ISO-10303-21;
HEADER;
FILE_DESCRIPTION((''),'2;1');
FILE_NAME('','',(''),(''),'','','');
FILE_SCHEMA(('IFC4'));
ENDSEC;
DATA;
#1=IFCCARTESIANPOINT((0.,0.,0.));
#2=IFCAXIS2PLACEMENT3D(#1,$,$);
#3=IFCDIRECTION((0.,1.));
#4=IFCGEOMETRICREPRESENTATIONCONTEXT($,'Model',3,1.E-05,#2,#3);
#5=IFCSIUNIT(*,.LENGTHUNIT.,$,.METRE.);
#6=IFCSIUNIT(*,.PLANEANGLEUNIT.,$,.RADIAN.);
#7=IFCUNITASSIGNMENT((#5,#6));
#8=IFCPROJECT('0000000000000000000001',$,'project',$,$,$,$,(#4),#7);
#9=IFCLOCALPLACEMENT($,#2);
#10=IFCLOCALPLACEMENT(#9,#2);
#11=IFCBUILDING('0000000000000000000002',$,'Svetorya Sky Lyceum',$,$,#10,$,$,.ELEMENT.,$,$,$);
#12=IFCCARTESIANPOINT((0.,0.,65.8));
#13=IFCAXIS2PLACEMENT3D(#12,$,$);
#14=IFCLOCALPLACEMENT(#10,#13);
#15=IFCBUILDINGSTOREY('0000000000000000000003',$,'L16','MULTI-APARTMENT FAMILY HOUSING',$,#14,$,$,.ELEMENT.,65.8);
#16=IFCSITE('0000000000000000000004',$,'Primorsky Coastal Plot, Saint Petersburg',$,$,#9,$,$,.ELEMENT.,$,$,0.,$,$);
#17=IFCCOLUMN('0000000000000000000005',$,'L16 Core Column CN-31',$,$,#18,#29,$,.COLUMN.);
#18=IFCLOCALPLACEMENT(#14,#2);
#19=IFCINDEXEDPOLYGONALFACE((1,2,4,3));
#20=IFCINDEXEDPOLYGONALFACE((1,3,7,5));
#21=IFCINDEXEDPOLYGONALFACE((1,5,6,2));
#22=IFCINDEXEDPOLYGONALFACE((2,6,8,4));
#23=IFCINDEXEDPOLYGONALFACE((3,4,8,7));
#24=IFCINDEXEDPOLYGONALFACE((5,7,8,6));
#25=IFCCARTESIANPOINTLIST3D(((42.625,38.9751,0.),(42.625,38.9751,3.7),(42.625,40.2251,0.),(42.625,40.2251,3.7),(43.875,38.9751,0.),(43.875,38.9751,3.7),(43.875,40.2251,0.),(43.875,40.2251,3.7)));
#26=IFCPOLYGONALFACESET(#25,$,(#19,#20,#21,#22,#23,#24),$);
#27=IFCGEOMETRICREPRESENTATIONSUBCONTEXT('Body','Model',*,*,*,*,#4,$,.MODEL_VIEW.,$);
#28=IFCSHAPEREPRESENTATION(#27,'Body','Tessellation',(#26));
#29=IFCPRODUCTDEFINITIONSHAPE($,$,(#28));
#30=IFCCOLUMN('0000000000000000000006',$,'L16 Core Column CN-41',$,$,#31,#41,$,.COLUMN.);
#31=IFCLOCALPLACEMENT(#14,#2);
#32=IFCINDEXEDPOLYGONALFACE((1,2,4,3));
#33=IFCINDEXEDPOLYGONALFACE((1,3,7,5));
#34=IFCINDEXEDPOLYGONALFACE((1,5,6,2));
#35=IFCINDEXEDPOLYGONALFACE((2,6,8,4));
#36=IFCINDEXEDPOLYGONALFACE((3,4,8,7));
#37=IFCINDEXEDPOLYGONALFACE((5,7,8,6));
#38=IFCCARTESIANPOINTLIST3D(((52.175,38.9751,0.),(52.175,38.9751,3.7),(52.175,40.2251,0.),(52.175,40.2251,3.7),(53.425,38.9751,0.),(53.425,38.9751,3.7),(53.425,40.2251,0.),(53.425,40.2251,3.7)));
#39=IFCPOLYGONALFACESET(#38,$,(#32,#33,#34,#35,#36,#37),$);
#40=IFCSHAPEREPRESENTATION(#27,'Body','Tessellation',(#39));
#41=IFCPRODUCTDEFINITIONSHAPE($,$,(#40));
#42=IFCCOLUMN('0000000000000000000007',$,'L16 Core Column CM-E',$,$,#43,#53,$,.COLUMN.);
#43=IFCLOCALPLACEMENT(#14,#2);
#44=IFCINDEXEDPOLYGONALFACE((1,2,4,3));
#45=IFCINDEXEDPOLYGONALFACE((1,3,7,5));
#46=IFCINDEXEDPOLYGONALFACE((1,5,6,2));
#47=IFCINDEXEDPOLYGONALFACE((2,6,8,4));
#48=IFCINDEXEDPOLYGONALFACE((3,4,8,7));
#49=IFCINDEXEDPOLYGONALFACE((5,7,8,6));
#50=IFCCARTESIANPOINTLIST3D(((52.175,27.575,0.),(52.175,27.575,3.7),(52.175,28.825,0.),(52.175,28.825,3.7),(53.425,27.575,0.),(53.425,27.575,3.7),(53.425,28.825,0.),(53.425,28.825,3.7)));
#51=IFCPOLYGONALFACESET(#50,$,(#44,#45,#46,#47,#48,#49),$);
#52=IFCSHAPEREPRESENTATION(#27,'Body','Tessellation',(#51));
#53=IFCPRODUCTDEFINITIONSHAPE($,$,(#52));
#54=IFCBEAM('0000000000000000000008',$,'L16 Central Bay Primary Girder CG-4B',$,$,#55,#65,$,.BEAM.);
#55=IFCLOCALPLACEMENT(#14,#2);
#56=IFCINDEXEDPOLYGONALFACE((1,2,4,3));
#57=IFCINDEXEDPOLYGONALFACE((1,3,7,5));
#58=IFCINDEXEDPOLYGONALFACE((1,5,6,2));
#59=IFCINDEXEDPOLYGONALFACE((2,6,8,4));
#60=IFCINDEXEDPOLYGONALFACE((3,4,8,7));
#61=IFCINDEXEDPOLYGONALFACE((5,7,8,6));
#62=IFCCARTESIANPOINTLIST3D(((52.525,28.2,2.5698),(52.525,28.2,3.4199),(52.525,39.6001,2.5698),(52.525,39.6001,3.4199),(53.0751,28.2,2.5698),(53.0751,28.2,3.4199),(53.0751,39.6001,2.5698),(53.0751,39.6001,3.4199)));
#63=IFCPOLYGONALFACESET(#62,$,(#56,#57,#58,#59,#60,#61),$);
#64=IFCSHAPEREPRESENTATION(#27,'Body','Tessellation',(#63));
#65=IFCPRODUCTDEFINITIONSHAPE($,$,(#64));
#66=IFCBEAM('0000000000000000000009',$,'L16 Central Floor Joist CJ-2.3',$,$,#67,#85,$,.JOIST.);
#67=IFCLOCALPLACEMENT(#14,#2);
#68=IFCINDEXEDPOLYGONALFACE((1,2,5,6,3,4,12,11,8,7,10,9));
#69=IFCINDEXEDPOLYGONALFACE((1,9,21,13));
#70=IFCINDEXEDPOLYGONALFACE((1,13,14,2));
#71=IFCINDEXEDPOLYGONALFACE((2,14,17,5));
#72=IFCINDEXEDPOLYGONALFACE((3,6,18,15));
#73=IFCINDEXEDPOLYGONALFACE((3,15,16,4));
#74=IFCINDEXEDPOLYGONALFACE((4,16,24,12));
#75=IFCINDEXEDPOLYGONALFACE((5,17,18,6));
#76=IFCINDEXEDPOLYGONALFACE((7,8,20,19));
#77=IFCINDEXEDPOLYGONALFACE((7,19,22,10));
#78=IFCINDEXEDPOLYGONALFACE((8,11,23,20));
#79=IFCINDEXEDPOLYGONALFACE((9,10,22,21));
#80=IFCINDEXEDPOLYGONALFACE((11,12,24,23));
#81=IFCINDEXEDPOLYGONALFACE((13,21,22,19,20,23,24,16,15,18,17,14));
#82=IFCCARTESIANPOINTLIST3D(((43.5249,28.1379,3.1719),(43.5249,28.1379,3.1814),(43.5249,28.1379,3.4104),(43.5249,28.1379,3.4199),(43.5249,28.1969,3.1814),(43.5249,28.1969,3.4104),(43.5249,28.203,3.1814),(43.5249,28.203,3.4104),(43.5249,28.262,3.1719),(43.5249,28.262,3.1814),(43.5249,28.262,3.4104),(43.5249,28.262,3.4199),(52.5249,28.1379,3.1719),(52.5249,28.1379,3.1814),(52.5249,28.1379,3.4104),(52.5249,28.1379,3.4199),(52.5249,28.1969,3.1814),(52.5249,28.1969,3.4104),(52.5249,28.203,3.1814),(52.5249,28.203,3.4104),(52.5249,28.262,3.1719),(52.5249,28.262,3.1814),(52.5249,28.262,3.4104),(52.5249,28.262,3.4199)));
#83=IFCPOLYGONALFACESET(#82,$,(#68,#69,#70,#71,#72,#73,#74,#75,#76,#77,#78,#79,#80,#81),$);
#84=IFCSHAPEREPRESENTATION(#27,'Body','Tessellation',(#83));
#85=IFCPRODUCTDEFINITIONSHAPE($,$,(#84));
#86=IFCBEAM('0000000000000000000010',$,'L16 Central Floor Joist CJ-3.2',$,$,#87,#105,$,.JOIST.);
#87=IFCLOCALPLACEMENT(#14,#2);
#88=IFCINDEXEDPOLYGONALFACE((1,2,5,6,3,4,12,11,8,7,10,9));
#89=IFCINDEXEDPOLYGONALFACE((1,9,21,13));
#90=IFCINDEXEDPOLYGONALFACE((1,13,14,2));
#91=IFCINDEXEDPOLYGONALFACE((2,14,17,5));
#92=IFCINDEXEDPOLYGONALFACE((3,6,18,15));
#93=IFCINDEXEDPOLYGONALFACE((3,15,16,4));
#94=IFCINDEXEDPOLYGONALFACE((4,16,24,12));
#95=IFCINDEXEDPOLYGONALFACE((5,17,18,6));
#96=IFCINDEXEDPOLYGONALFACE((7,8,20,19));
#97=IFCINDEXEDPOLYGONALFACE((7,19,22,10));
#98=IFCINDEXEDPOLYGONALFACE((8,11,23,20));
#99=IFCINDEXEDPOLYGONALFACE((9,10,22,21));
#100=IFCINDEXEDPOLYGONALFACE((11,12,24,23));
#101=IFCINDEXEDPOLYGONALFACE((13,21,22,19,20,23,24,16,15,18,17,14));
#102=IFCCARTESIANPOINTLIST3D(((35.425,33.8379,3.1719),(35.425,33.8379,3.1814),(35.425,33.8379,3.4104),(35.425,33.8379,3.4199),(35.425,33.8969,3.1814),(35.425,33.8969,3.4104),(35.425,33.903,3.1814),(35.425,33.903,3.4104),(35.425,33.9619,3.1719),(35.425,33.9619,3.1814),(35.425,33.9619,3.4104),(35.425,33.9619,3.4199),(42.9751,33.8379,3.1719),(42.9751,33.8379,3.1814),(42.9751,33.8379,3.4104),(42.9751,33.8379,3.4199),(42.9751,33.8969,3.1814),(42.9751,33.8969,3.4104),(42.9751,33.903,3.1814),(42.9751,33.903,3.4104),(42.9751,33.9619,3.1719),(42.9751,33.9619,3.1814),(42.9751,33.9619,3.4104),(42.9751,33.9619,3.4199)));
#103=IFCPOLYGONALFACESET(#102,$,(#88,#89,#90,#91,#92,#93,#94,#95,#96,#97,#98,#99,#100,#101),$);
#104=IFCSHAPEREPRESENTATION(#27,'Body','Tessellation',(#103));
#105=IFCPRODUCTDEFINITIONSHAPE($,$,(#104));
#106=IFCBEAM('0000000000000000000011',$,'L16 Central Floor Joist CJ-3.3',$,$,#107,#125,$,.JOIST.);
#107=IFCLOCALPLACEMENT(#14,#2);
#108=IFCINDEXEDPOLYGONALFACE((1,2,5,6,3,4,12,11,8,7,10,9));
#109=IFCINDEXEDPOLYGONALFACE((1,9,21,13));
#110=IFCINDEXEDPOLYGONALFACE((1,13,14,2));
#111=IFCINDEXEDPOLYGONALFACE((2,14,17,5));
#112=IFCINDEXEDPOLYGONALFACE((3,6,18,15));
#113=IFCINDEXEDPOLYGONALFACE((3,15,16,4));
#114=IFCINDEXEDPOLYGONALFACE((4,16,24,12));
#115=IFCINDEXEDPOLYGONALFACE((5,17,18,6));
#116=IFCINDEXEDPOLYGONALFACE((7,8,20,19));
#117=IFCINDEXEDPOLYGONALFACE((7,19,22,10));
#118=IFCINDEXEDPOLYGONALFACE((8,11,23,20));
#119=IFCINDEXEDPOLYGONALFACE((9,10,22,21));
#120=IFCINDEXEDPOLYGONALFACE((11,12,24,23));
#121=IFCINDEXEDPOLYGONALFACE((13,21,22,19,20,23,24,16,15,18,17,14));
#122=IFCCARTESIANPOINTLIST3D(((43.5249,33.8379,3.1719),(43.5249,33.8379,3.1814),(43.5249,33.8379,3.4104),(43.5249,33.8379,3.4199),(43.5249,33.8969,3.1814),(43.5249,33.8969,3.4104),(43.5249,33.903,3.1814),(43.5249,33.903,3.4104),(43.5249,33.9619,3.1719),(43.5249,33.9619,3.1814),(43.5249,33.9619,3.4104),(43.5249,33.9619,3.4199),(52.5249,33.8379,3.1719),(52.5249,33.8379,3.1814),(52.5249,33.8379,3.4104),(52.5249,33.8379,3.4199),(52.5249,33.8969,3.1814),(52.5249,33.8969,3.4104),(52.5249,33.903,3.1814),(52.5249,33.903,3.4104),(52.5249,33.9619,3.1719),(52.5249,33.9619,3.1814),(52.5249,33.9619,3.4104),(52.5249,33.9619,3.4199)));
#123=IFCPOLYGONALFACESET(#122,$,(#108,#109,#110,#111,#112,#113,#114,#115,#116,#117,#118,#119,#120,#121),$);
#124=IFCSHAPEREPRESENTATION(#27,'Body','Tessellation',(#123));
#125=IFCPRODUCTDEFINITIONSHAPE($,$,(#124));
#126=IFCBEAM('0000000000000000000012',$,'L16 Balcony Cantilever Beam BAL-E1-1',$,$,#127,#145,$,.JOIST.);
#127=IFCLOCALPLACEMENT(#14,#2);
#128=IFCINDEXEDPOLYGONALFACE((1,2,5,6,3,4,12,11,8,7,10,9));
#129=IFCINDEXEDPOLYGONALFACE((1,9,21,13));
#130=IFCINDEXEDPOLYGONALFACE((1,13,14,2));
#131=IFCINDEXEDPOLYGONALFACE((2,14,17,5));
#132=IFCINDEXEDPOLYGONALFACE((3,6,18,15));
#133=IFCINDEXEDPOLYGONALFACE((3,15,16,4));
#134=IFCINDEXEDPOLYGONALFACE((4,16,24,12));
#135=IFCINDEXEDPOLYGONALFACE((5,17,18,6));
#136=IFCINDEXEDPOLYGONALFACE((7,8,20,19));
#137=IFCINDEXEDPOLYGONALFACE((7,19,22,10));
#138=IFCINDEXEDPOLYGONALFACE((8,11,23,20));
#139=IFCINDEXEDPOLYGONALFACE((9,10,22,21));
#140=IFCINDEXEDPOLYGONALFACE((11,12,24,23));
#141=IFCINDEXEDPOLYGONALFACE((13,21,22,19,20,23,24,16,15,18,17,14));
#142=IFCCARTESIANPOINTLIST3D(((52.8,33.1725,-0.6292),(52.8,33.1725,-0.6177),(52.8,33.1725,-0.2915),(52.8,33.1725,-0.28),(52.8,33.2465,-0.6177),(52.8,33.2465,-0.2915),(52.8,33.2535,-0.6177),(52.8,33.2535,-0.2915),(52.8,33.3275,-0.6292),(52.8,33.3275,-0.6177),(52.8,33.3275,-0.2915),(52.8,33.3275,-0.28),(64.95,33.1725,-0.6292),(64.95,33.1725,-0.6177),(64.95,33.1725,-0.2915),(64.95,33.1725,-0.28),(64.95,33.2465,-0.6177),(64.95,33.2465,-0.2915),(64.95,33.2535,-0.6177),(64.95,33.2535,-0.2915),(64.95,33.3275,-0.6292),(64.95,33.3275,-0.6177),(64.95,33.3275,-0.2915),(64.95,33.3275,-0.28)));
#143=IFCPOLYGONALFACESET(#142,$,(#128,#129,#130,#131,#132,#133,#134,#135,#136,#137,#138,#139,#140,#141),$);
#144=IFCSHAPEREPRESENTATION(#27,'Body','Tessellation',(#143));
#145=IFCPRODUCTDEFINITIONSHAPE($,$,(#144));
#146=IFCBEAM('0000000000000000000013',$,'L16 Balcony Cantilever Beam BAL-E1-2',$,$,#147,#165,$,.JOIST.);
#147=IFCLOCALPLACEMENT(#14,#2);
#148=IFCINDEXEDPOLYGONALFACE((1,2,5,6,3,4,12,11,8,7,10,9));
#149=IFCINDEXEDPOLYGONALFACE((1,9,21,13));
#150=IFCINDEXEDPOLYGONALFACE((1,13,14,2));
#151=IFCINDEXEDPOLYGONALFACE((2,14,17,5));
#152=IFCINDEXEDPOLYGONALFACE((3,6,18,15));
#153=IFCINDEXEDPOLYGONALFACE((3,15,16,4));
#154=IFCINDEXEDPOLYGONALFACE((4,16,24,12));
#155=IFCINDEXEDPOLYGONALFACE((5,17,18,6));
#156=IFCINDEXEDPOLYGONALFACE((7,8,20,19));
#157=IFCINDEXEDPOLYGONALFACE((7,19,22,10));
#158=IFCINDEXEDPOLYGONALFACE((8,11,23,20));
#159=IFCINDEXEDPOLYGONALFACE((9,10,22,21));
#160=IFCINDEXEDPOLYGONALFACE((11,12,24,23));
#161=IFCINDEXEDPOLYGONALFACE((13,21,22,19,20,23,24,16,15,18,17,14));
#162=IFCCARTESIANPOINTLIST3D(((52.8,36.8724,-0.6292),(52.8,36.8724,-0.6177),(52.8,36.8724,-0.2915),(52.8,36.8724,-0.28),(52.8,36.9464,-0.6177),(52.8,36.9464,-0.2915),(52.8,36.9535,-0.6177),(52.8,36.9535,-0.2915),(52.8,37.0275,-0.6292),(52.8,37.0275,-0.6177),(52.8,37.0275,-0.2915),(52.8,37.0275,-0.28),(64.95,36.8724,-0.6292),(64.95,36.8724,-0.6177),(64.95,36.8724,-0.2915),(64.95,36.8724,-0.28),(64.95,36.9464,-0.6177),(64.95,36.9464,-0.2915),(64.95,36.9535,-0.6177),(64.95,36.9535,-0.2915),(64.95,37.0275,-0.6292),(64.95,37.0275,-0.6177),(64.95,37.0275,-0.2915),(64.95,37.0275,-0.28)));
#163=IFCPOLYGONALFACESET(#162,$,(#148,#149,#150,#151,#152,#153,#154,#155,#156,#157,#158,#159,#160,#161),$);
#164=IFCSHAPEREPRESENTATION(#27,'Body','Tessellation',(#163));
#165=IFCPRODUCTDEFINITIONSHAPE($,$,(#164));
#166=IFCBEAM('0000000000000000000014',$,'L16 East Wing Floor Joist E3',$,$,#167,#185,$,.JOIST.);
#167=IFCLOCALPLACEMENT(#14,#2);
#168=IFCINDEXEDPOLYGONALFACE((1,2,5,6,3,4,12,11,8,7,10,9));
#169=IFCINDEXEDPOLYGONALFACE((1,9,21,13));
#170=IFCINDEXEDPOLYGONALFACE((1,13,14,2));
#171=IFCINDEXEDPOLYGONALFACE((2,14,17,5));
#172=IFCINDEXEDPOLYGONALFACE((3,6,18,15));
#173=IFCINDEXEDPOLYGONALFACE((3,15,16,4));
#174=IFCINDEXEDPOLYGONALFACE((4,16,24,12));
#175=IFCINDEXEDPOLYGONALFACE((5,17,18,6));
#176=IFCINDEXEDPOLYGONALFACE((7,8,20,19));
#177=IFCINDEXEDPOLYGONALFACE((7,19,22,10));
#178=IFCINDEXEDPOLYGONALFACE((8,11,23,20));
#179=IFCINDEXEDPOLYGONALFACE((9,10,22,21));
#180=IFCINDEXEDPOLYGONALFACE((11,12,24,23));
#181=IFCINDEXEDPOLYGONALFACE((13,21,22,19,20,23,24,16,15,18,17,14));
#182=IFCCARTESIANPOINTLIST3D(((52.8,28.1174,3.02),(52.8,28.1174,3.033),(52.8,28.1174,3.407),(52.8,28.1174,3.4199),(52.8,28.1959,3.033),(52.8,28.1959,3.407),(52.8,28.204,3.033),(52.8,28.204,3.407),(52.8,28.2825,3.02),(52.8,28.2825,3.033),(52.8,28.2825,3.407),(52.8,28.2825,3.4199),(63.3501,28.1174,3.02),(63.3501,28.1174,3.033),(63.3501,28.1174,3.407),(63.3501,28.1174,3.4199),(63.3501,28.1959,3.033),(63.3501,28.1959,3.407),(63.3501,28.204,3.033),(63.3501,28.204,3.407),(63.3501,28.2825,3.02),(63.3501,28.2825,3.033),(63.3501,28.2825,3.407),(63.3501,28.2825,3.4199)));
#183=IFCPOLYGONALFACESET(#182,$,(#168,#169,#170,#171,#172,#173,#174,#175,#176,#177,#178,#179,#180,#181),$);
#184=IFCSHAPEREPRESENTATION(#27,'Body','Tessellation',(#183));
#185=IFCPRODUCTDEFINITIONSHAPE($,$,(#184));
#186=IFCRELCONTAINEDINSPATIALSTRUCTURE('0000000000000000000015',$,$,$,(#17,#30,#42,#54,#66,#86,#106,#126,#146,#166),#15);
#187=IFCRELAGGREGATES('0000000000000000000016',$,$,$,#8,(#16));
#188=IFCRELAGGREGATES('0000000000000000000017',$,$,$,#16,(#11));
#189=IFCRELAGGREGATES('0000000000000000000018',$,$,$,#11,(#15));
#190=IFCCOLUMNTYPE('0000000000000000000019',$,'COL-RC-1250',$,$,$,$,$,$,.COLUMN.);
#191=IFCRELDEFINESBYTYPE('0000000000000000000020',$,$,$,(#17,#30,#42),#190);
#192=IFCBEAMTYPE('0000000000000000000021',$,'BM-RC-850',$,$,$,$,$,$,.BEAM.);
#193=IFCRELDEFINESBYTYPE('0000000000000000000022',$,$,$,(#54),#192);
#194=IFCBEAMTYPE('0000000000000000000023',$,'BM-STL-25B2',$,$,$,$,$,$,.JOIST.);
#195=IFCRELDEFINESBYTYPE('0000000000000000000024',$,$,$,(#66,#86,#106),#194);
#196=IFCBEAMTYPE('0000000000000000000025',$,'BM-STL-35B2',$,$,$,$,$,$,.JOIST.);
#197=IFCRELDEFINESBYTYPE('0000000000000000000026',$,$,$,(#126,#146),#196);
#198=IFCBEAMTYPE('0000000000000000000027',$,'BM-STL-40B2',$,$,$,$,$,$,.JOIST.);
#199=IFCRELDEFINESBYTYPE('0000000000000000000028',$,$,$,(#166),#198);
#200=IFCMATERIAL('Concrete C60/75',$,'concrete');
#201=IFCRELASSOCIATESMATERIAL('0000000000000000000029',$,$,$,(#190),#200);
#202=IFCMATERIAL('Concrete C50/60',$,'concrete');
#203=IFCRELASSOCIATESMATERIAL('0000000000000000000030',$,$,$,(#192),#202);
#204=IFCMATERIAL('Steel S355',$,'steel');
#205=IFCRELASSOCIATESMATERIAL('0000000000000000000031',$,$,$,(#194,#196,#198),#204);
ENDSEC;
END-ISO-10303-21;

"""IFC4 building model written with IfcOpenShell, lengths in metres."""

from ifc_helpers import new_model, si_unit, direction, frame, origin, origin_2d, place, context, subcontext, project, spatial, rectangle, i_section, extrude, material, material_profile, profile_set, type_object, element, save


model = new_model("IFC4")

# Units and contexts
model_context = context("Model", 3, precision=1e-05, world=origin(), true_north=direction((0.0, 1.0)))
body_context = subcontext(model_context, "Body", "Model", "MODEL_VIEW")
ifc_project = project(units=[si_unit("LENGTHUNIT", "METRE"), si_unit("PLANEANGLEUNIT", "RADIAN")], contexts=[model_context])

# Site, building, storey
site_placement = place(None, origin())
site = spatial("IfcSite", under=ifc_project, at=site_placement, Name="Primorsky Coastal Plot, Saint Petersburg", CompositionType="ELEMENT", RefElevation=0.0)
building_placement = place(site_placement, origin())
building = spatial("IfcBuilding", under=site, at=building_placement, Name="Svetorya Sky Lyceum", CompositionType="ELEMENT")
storey_placement = place(building_placement, frame((0.0, 0.0, 65.8)))
storey = spatial("IfcBuildingStorey", under=building, at=storey_placement, Name="L16", Description="MULTI-APARTMENT FAMILY HOUSING", CompositionType="ELEMENT", Elevation=65.8)

# Columns
ifc_material_1 = material(Name="Concrete C60/75", Category="concrete")
ifc_material_profile_1 = material_profile(ifc_material_1, rectangle(XDim=1.25, YDim=1.25, at=origin_2d()), Name="RC COL 1250x1250")
ifc_profile_set_1 = profile_set([ifc_material_profile_1], Name="Concrete C60/75")
column_type = type_object("IfcColumnType", Name="COL-RC-1250", PredefinedType="COLUMN", material=ifc_profile_set_1)
for number, where, z_axis, x_axis, name in (
    (1, (43.25, 39.6001, 0.0), (0.0, 0.0, 1.0), (1.0, 0.0, 0.0), "L16 Core Column CN-31"),
    (2, (52.8, 39.6001, 0.0), (0.0, 0.0, 1.0), (1.0, 0.0, 0.0), "L16 Core Column CN-41"),
    (3, (52.8, 28.2, 0.0), (0.0, 0.0, 1.0), (1.0, 0.0, 0.0), "L16 Core Column CM-E"),
):
    element("IfcColumn", number, at=place(storey_placement, frame(where, z_axis=z_axis, x_axis=x_axis)), inside=storey, type_object=column_type, Name=name, PredefinedType="COLUMN", context=body_context, shape_type="SweptSolid", body=[
        extrude(rectangle(XDim=1.25, YDim=1.25, at=origin_2d()), origin(), (0.0, 0.0, 1.0), 3.7),
    ])

# Beams
ifc_material_2 = material(Name="Concrete C50/60", Category="concrete")
ifc_material_profile_2 = material_profile(ifc_material_2, rectangle(XDim=0.55, YDim=0.8501, at=origin_2d()), Name="RC BEAM 550x850")
ifc_profile_set_2 = profile_set([ifc_material_profile_2], Name="Concrete C50/60")
beam_type_1 = type_object("IfcBeamType", Name="BM-RC-850", PredefinedType="BEAM", material=ifc_profile_set_2)
beam_1_placement = place(storey_placement, frame((52.8, 28.2, 2.9949), z_axis=(0.0, 1.0, 0.0), x_axis=(-1.0, 0.0, 0.0)))
element("IfcBeam", 4, at=beam_1_placement, inside=storey, type_object=beam_type_1, Name="L16 Central Bay Primary Girder CG-4B", PredefinedType="BEAM", context=body_context, shape_type="SweptSolid", body=[
    extrude(rectangle(XDim=0.55, YDim=0.8501, at=origin_2d()), origin(), (0.0, 0.0, 1.0), 11.4001),
])
ifc_material_3 = material(Name="Steel S355", Category="steel")
ifc_material_profile_3 = material_profile(ifc_material_3, i_section(OverallWidth=0.124, OverallDepth=0.248, WebThickness=0.0061, FlangeThickness=0.0095, at=origin_2d()), Name="GOST 25B2")
ifc_profile_set_3 = profile_set([ifc_material_profile_3], Name="Steel S355")
beam_type_2 = type_object("IfcBeamType", Name="BM-STL-25B2", PredefinedType="JOIST", material=ifc_profile_set_3)
beam_2_placement = place(storey_placement, frame((43.5249, 28.2, 3.2959), z_axis=(1.0, 0.0, 0.0), x_axis=(0.0, 1.0, 0.0)))
element("IfcBeam", 5, at=beam_2_placement, inside=storey, type_object=beam_type_2, Name="L16 Central Floor Joist CJ-2.3", PredefinedType="JOIST", context=body_context, shape_type="SweptSolid", body=[
    extrude(i_section(OverallWidth=0.124, OverallDepth=0.248, WebThickness=0.0061, FlangeThickness=0.0095, at=origin_2d()), origin(), (0.0, 0.0, 1.0), 9.0),
])
beam_3_placement = place(storey_placement, frame((35.425, 33.8999, 3.2959), z_axis=(1.0, 0.0, 0.0), x_axis=(0.0, 1.0, 0.0)))
element("IfcBeam", 6, at=beam_3_placement, inside=storey, type_object=beam_type_2, Name="L16 Central Floor Joist CJ-3.2", PredefinedType="JOIST", context=body_context, shape_type="SweptSolid", body=[
    extrude(i_section(OverallWidth=0.124, OverallDepth=0.248, WebThickness=0.0061, FlangeThickness=0.0095, at=origin_2d()), origin(), (0.0, 0.0, 1.0), 7.55),
])
beam_4_placement = place(storey_placement, frame((43.5249, 33.8999, 3.2959), z_axis=(1.0, 0.0, 0.0), x_axis=(0.0, 1.0, 0.0)))
element("IfcBeam", 7, at=beam_4_placement, inside=storey, type_object=beam_type_2, Name="L16 Central Floor Joist CJ-3.3", PredefinedType="JOIST", context=body_context, shape_type="SweptSolid", body=[
    extrude(i_section(OverallWidth=0.124, OverallDepth=0.248, WebThickness=0.0061, FlangeThickness=0.0095, at=origin_2d()), origin(), (0.0, 0.0, 1.0), 9.0),
])
ifc_material_profile_4 = material_profile(ifc_material_3, i_section(OverallWidth=0.155, OverallDepth=0.3491, WebThickness=0.0071, FlangeThickness=0.0115, at=origin_2d()), Name="GOST 35B2")
ifc_profile_set_4 = profile_set([ifc_material_profile_4], Name="Steel S355")
beam_type_3 = type_object("IfcBeamType", Name="BM-STL-35B2", PredefinedType="JOIST", material=ifc_profile_set_4)
for number, where, z_axis, x_axis, name in (
    (8, (52.8, 33.25, -0.4546), (1.0, 0.0, 0.0), (0.0, 1.0, 0.0), "L16 Balcony Cantilever Beam BAL-E1-1"),
    (9, (52.8, 36.95, -0.4546), (1.0, 0.0, 0.0), (0.0, 1.0, 0.0), "L16 Balcony Cantilever Beam BAL-E1-2"),
):
    element("IfcBeam", number, at=place(storey_placement, frame(where, z_axis=z_axis, x_axis=x_axis)), inside=storey, type_object=beam_type_3, Name=name, PredefinedType="JOIST", context=body_context, shape_type="SweptSolid", body=[
        extrude(i_section(OverallWidth=0.155, OverallDepth=0.3491, WebThickness=0.0071, FlangeThickness=0.0115, at=origin_2d()), origin(), (0.0, 0.0, 1.0), 12.1499),
    ])
ifc_material_profile_5 = material_profile(ifc_material_3, i_section(OverallWidth=0.165, OverallDepth=0.3999, WebThickness=0.0081, FlangeThickness=0.0129, at=origin_2d()), Name="GOST 40B2")
ifc_profile_set_5 = profile_set([ifc_material_profile_5], Name="Steel S355")
beam_type_4 = type_object("IfcBeamType", Name="BM-STL-40B2", PredefinedType="JOIST", material=ifc_profile_set_5)
beam_5_placement = place(storey_placement, frame((52.8, 28.2, 3.22), z_axis=(1.0, 0.0, 0.0), x_axis=(0.0, 1.0, 0.0)))
element("IfcBeam", 10, at=beam_5_placement, inside=storey, type_object=beam_type_4, Name="L16 East Wing Floor Joist E3", PredefinedType="JOIST", context=body_context, shape_type="SweptSolid", body=[
    extrude(i_section(OverallWidth=0.165, OverallDepth=0.3999, WebThickness=0.0081, FlangeThickness=0.0129, at=origin_2d()), origin(), (0.0, 0.0, 1.0), 10.55),
])

save(model, "model.ifc")
